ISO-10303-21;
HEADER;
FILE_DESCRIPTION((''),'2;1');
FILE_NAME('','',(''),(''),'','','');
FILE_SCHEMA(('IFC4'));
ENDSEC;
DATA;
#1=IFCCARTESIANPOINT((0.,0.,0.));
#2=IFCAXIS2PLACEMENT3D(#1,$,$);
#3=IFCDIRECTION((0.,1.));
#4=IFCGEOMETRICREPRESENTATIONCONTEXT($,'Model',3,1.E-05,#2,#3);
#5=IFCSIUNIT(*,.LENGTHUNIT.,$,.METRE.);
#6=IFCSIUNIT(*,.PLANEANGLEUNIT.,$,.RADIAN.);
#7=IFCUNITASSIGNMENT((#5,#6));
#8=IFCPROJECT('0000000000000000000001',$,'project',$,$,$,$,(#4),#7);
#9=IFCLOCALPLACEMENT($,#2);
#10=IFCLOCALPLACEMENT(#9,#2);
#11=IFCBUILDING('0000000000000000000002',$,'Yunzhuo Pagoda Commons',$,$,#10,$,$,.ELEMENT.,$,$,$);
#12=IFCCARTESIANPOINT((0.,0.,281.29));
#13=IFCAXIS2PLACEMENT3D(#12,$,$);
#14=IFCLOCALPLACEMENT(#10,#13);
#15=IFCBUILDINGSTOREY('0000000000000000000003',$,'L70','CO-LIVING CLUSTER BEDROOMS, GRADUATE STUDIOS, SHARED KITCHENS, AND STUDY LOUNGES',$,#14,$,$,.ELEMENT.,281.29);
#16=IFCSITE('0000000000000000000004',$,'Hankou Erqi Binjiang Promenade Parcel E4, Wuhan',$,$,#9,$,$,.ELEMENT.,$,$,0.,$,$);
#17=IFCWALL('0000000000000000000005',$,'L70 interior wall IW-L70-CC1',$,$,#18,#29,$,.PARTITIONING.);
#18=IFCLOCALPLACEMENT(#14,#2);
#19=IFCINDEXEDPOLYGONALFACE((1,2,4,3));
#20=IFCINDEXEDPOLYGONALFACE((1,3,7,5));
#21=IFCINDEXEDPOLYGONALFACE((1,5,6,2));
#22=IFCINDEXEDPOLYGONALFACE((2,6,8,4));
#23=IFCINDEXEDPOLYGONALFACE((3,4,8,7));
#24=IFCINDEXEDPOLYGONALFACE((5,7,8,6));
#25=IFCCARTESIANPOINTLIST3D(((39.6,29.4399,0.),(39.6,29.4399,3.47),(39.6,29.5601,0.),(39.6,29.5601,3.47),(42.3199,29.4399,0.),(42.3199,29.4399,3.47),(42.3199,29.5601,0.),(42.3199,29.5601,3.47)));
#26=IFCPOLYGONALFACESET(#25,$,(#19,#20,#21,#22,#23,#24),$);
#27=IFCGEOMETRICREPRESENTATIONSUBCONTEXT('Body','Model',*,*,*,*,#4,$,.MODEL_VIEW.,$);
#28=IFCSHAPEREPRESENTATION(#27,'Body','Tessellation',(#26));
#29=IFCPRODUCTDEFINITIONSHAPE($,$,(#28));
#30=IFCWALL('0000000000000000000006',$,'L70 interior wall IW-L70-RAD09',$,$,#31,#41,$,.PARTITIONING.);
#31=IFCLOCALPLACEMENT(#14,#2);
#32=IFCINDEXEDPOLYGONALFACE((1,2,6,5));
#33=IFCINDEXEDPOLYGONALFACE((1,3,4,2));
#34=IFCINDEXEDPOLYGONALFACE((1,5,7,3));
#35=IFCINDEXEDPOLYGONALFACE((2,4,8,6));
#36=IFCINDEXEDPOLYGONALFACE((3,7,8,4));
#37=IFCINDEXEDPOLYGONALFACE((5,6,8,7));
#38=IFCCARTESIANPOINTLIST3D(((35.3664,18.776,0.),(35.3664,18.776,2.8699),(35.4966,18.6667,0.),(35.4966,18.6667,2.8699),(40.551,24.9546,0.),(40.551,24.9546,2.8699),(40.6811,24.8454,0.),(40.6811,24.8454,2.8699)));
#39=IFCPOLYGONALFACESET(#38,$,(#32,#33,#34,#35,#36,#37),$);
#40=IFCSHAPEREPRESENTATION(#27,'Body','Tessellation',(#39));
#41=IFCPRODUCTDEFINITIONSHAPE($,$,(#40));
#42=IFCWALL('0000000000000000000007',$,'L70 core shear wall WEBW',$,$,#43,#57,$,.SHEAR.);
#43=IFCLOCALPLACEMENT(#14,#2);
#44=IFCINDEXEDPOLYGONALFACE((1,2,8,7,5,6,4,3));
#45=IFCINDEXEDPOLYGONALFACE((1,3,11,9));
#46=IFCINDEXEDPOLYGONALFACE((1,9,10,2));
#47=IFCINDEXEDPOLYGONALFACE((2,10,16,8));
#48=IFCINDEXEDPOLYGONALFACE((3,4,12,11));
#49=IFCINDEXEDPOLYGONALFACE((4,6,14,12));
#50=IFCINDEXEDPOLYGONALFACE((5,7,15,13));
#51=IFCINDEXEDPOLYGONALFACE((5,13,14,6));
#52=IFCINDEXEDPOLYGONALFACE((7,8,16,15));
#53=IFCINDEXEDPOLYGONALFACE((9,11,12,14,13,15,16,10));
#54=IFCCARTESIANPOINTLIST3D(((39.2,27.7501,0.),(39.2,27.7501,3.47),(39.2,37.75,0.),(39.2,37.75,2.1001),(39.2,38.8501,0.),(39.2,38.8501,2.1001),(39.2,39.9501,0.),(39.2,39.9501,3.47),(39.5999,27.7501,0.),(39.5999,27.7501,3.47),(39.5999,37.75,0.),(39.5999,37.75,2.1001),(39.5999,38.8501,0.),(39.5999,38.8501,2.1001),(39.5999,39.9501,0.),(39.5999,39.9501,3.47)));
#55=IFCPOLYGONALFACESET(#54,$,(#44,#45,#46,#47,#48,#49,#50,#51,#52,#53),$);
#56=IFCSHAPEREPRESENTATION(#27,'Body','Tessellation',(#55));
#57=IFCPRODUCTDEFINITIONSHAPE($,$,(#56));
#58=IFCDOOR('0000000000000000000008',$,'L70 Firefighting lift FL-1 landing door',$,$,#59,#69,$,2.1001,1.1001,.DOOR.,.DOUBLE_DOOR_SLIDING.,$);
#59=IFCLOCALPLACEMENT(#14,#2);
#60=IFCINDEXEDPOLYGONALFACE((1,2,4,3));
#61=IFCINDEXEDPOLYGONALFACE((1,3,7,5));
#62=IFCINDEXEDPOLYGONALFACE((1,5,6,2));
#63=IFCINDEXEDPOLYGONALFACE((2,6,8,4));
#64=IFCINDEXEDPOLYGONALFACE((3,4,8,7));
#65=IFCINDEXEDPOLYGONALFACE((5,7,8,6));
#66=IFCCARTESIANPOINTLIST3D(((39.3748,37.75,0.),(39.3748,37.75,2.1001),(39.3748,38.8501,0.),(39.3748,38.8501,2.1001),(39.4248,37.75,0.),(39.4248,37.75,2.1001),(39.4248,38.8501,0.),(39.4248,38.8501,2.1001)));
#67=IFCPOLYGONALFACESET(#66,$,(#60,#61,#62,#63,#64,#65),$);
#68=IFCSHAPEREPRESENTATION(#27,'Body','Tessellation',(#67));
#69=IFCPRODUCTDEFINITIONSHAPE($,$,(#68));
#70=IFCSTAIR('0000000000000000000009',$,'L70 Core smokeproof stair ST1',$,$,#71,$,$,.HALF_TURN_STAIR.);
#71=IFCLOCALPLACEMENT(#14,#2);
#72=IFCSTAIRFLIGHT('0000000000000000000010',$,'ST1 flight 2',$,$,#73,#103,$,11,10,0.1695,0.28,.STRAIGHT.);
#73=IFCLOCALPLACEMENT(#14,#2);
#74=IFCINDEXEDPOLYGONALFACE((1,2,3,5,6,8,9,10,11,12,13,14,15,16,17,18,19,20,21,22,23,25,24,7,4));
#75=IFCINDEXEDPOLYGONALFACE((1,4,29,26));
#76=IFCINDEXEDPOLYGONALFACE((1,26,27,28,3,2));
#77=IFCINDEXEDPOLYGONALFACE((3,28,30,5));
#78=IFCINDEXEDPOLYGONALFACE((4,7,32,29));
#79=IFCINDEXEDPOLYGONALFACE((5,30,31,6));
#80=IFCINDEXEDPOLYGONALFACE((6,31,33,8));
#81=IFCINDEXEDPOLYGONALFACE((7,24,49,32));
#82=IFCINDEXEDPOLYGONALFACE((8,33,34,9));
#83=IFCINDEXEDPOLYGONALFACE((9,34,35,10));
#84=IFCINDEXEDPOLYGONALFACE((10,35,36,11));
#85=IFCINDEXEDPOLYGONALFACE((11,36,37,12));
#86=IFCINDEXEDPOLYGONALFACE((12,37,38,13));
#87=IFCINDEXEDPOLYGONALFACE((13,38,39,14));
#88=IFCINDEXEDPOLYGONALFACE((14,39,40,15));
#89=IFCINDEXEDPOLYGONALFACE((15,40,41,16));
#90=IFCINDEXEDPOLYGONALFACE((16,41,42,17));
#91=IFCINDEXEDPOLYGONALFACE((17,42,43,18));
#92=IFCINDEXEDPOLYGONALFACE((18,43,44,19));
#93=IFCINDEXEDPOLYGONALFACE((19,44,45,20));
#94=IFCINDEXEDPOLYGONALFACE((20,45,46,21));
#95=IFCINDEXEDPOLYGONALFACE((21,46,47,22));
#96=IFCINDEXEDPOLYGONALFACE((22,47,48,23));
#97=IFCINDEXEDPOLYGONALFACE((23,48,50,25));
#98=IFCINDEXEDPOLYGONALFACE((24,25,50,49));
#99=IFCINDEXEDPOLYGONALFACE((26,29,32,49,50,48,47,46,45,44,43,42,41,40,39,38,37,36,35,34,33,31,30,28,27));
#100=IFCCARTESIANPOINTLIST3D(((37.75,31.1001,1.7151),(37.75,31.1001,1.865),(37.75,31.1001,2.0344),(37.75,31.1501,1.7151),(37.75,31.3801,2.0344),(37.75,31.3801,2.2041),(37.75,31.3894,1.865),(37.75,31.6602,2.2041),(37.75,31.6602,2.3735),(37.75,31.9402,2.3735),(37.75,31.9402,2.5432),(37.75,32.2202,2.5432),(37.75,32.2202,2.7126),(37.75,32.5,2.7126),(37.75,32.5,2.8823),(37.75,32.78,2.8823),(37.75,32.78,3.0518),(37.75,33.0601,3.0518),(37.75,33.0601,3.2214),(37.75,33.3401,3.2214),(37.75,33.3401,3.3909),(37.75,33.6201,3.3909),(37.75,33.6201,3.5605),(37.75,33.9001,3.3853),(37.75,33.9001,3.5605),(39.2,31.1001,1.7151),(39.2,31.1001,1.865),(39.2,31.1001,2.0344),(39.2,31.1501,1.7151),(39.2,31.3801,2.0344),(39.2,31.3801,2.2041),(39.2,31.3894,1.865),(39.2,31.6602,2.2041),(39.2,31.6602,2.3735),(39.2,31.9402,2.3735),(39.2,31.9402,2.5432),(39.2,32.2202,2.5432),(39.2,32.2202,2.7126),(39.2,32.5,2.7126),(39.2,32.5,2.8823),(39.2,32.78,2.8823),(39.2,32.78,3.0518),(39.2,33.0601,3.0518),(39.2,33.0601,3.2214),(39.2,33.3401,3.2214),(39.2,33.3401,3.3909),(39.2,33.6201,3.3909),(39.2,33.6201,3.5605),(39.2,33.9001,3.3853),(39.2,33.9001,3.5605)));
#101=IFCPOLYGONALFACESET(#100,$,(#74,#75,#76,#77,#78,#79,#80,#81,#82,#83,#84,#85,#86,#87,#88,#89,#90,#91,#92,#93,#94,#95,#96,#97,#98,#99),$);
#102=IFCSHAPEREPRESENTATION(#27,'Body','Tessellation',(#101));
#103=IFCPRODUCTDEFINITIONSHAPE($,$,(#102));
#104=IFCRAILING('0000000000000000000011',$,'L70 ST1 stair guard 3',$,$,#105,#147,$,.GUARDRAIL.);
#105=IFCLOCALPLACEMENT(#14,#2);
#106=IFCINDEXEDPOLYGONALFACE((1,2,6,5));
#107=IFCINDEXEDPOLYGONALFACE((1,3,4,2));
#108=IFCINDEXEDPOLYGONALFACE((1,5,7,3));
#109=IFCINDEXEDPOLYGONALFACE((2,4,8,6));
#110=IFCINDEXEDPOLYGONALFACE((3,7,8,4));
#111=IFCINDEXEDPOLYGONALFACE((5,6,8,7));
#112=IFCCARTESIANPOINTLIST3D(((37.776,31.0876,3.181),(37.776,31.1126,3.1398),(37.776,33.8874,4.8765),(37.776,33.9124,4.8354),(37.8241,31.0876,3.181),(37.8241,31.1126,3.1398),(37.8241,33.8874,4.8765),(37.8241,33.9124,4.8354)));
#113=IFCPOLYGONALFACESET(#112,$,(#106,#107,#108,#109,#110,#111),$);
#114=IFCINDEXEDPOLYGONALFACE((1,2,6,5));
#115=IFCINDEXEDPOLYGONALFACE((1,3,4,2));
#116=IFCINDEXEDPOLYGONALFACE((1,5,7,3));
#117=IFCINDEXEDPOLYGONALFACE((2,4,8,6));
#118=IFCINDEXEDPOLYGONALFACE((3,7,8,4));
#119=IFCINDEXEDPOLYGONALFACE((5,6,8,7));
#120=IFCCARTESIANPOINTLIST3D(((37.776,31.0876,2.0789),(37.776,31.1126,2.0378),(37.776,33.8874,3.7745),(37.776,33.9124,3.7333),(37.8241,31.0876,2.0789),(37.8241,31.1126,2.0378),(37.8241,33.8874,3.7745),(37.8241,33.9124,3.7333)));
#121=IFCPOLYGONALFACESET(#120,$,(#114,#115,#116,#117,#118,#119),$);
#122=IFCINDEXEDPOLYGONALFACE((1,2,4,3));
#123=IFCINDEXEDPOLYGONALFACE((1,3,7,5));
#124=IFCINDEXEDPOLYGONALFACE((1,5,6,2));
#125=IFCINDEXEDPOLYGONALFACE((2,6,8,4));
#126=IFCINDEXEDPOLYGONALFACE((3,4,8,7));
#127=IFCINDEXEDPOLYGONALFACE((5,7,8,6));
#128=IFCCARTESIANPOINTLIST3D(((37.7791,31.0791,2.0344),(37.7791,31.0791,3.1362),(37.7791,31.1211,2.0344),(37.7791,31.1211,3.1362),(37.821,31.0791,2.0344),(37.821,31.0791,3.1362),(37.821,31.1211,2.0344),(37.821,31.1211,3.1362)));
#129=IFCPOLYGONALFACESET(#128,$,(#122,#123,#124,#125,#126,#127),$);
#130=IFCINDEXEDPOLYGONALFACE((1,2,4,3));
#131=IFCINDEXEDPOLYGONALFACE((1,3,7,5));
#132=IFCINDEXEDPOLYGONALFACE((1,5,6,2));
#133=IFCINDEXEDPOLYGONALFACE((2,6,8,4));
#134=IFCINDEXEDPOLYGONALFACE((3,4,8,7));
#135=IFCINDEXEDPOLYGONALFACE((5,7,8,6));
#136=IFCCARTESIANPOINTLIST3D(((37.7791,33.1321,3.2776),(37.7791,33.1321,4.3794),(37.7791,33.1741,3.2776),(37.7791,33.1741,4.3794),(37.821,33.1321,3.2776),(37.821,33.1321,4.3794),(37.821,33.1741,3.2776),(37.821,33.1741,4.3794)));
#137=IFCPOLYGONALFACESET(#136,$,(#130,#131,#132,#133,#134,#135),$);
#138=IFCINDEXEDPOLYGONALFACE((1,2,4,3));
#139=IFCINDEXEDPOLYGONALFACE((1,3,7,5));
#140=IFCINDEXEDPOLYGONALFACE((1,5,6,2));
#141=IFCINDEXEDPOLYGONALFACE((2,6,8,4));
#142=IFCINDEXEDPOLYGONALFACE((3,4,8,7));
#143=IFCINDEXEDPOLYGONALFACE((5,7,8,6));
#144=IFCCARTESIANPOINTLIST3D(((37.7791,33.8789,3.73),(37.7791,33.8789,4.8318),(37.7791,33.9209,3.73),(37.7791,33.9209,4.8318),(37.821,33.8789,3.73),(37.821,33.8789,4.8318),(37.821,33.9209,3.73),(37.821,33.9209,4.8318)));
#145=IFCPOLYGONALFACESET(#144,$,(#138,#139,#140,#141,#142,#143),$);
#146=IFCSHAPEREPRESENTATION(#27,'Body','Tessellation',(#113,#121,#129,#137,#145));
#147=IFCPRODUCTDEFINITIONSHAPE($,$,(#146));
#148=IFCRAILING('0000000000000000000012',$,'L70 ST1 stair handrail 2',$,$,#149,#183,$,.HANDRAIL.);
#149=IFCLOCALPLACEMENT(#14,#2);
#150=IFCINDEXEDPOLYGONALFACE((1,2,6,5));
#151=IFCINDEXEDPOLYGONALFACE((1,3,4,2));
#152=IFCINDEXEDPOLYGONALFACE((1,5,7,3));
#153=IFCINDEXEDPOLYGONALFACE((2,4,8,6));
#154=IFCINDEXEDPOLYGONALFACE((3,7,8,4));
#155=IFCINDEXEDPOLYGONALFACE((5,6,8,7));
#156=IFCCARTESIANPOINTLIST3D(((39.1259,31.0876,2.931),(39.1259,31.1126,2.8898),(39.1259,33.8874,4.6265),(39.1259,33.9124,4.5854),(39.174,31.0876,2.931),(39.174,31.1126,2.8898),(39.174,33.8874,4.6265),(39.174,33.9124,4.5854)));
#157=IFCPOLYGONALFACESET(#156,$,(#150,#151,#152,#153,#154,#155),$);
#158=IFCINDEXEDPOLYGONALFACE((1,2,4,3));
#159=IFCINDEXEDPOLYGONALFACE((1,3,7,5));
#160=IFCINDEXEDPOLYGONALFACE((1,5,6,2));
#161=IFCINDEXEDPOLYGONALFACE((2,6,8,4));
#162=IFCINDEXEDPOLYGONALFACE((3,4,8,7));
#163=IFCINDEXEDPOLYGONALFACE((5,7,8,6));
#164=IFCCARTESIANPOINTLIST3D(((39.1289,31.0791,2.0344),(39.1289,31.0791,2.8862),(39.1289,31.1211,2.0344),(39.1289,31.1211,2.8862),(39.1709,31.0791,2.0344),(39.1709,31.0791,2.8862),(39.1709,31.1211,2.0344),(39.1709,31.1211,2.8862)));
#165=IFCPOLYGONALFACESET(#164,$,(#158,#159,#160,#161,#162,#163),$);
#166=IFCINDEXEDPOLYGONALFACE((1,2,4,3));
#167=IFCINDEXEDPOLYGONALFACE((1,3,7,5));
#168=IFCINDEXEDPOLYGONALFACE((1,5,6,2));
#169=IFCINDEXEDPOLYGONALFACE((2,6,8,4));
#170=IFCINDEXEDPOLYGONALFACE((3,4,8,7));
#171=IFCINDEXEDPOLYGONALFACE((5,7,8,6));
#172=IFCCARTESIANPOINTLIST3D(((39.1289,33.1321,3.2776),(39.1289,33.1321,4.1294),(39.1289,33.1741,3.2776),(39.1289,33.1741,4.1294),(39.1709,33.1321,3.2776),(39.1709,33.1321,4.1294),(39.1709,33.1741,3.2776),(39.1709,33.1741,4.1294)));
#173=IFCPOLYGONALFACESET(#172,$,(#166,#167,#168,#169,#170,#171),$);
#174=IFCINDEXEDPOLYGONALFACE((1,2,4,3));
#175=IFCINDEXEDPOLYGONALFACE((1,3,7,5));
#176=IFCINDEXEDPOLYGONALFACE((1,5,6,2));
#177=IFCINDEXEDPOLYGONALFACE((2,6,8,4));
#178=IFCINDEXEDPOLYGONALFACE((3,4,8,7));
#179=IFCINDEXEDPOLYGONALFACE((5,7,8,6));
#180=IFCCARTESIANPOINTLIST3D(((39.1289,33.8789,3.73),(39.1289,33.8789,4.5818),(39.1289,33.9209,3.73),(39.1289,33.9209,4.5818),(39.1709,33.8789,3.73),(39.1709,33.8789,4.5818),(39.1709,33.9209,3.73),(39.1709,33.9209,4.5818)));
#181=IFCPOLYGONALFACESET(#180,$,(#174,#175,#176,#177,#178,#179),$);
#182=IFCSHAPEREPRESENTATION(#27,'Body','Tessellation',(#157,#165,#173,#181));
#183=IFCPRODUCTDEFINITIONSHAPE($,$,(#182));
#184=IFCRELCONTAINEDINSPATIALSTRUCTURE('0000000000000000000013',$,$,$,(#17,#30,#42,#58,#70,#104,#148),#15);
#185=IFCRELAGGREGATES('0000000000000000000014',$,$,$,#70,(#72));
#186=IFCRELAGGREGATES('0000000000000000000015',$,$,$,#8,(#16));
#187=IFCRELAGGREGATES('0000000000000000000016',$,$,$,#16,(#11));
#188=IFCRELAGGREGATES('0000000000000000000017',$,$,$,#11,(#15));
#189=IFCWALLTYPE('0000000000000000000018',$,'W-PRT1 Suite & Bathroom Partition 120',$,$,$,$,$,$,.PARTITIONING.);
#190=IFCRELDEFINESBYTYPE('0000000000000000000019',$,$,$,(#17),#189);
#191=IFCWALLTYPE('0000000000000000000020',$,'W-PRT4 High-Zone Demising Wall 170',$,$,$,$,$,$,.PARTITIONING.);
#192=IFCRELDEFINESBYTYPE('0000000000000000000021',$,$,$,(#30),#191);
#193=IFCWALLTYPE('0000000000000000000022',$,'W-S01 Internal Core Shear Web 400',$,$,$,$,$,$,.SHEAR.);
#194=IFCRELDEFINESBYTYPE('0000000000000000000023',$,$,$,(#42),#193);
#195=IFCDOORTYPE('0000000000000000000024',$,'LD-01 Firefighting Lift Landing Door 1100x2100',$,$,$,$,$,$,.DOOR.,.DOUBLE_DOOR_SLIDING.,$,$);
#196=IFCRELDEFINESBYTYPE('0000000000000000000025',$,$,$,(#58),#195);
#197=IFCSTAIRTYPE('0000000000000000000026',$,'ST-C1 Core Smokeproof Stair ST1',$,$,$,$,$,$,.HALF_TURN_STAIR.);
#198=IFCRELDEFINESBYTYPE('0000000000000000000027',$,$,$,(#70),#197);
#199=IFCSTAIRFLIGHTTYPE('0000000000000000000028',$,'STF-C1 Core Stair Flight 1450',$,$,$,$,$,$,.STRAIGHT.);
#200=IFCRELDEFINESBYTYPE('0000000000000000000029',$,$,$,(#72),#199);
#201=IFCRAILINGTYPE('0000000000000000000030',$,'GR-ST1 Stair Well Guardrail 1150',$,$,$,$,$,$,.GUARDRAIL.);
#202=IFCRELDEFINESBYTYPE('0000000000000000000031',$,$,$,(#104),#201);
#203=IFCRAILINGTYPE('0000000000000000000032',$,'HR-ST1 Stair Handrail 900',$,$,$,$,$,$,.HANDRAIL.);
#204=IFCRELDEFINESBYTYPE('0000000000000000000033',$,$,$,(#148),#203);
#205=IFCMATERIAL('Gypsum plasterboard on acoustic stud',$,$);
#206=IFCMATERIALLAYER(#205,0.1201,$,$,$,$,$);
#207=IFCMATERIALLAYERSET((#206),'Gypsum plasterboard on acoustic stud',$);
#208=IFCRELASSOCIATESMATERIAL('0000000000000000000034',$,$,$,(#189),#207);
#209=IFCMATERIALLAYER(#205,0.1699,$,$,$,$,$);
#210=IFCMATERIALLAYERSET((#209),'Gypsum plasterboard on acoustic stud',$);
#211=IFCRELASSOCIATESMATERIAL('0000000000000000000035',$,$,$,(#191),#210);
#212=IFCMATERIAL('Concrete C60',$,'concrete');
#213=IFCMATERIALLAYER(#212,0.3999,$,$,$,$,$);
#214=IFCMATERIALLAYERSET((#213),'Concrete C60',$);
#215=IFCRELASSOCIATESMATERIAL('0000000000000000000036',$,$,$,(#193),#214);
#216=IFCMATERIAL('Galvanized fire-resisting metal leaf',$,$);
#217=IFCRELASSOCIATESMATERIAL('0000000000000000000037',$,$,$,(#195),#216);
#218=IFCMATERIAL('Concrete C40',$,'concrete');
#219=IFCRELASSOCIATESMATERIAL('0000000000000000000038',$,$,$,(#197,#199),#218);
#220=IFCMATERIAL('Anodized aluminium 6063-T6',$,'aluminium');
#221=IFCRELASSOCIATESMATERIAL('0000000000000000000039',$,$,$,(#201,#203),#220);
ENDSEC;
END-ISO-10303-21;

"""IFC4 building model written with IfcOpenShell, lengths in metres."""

from ifc_helpers import new_model, si_unit, direction, frame, frame_2d, origin, origin_2d, place, context, subcontext, project, spatial, polyline, rectangle, outline, extrude, source, transform, mapped, material, layer, layer_set, type_object, element, fill, aggregate, save


model = new_model("IFC4")

# Units and contexts
model_context = context("Model", 3, precision=1e-05, world=origin(), true_north=direction((0.0, 1.0)))
body_context = subcontext(model_context, "Body", "Model", "MODEL_VIEW")
ifc_project = project(units=[si_unit("LENGTHUNIT", "METRE"), si_unit("PLANEANGLEUNIT", "RADIAN")], contexts=[model_context])

# Site, building, storey
site_placement = place(None, origin())
site = spatial("IfcSite", under=ifc_project, at=site_placement, Name="Hankou Erqi Binjiang Promenade Parcel E4, Wuhan", CompositionType="ELEMENT", RefElevation=0.0)
building_placement = place(site_placement, origin())
building = spatial("IfcBuilding", under=site, at=building_placement, Name="Yunzhuo Pagoda Commons", CompositionType="ELEMENT")
storey_placement = place(building_placement, frame((0.0, 0.0, 281.29)))
storey = spatial("IfcBuildingStorey", under=building, at=storey_placement, Name="L70", Description="CO-LIVING CLUSTER BEDROOMS, GRADUATE STUDIOS, SHARED KITCHENS, AND STUDY LOUNGES", CompositionType="ELEMENT", Elevation=281.29)

# Shared definitions
ifc_material_1 = material(Name="Gypsum plasterboard on acoustic stud")
ifc_material_2 = material(Name="Galvanized fire-resisting metal leaf")

# Walls
ifc_layer_1 = layer(ifc_material_1, 0.1201)
ifc_layer_set_1 = layer_set([ifc_layer_1], Name="Gypsum plasterboard on acoustic stud")
wall_type_1 = type_object("IfcWallType", Name="W-PRT1 Suite & Bathroom Partition 120", PredefinedType="PARTITIONING", material=ifc_layer_set_1)
wall_1_placement = place(storey_placement, frame((39.6001, 29.5, 0.0), z_axis=(0.0, 0.0, 1.0), x_axis=(1.0, 0.0, 0.0)))
element("IfcWall", 1, at=wall_1_placement, inside=storey, type_object=wall_type_1, Name="L70 interior wall IW-L70-CC1", PredefinedType="PARTITIONING", context=body_context, shape_type="SweptSolid", body=[
    extrude(rectangle(XDim=2.72, YDim=0.1201, at=frame_2d((1.3599, 0.0))), origin(), (0.0, 0.0, 1.0), 3.47),
])
ifc_layer_2 = layer(ifc_material_1, 0.1699)
ifc_layer_set_2 = layer_set([ifc_layer_2], Name="Gypsum plasterboard on acoustic stud")
wall_type_2 = type_object("IfcWallType", Name="W-PRT4 High-Zone Demising Wall 170", PredefinedType="PARTITIONING", material=ifc_layer_set_2)
wall_2_placement = place(storey_placement, frame((40.616, 24.8999, 0.0), z_axis=(0.0, 0.0, 1.0), x_axis=(-0.642789, -0.766043, 0.0)))
element("IfcWall", 2, at=wall_2_placement, inside=storey, type_object=wall_type_2, Name="L70 interior wall IW-L70-RAD09", PredefinedType="PARTITIONING", context=body_context, shape_type="SweptSolid", body=[
    extrude(rectangle(XDim=8.0657, YDim=0.1699, at=frame_2d((4.0327, 0.0))), origin(), (0.0, 0.0, 1.0), 2.8699),
])

# Wall, opening, door
ifc_material_3 = material(Name="Concrete C60", Category="concrete")
ifc_layer_3 = layer(ifc_material_3, 0.3999)
ifc_layer_set_3 = layer_set([ifc_layer_3], Name="Concrete C60")
wall_type_3 = type_object("IfcWallType", Name="W-S01 Internal Core Shear Web 400", PredefinedType="SHEAR", material=ifc_layer_set_3)
wall_3_placement = place(storey_placement, frame((39.3999, 27.75, 0.0), z_axis=(0.0, 0.0, 1.0), x_axis=(0.0, 1.0, 0.0)))
wall_3 = element("IfcWall", 3, at=wall_3_placement, inside=storey, type_object=wall_type_3, Name="L70 core shear wall WEBW", PredefinedType="SHEAR", context=body_context, shape_type="SweptSolid", body=[
    extrude(rectangle(XDim=12.2, YDim=0.3999, at=frame_2d((6.1001, 0.0))), origin(), (0.0, 0.0, 1.0), 3.47),
])
opening_1_placement = place(wall_3_placement, frame((10.0, 0.0, 0.0)))
opening_1 = element("IfcOpeningElement", 4, at=opening_1_placement, cuts=wall_3, PredefinedType="OPENING", context=body_context, shape_type="SweptSolid", body=[
    extrude(rectangle(XDim=1.1001, YDim=2.1001, at=frame_2d((0.55, 1.05))), frame((0.0, 0.21, 0.0), z_axis=(0.0, -1.0, 0.0), x_axis=(1.0, 0.0, 0.0)), (0.0, 0.0, 1.0), 0.4199),
])
door_type_1 = type_object("IfcDoorType", Name="LD-01 Firefighting Lift Landing Door 1100x2100", OperationType="DOUBLE_DOOR_SLIDING", PredefinedType="DOOR", material=ifc_material_2)
shared_shape_1 = source(origin(), body_context, "Body", "SweptSolid", [
    extrude(rectangle(XDim=1.1001, YDim=2.1001, at=frame_2d((0.55, 1.05))), frame((0.0, 0.0249, 0.0), z_axis=(0.0, -1.0, 0.0), x_axis=(1.0, 0.0, 0.0)), (0.0, 0.0, 1.0), 0.05),
])
door_1_placement = place(opening_1_placement, frame((1.1001, 0.0, 0.0), z_axis=(0.0, 0.0, 1.0), x_axis=(-1.0, 0.0, 0.0)))
door_1 = element("IfcDoor", 5, at=door_1_placement, inside=storey, type_object=door_type_1, Name="L70 Firefighting lift FL-1 landing door", OperationType="DOUBLE_DOOR_SLIDING", OverallHeight=2.1001, OverallWidth=1.1001, PredefinedType="DOOR", context=body_context, shape_type="MappedRepresentation", body=[
    mapped(shared_shape_1, transform((0.0, 0.0, 0.0), scale=1.0)),
])
fill(opening_1, door_1)

# Stair, stair flight
ifc_material_4 = material(Name="Concrete C40", Category="concrete")
stair_type = type_object("IfcStairType", Name="ST-C1 Core Smokeproof Stair ST1", PredefinedType="HALF_TURN_STAIR", material=ifc_material_4)
stair_placement = place(storey_placement, origin())
stair = element("IfcStair", 6, at=stair_placement, inside=storey, type_object=stair_type, Name="L70 Core smokeproof stair ST1", PredefinedType="HALF_TURN_STAIR")
stair_flight_type = type_object("IfcStairFlightType", Name="STF-C1 Core Stair Flight 1450", PredefinedType="STRAIGHT", material=ifc_material_4)
shared_shape_2 = source(origin(), body_context, "Body", "SweptSolid", [
    extrude(outline(polyline([(0.0, -0.1499), (0.0, 0.0), (0.0, 0.1694), (0.28, 0.1694), (0.28, 0.3391), (0.5601, 0.3391), (0.5601, 0.5085), (0.8401, 0.5085), (0.8401, 0.6782), (1.1201, 0.6782), (1.1201, 0.8477), (1.3999, 0.8477), (1.3999, 1.0173), (1.6799, 1.0173), (1.6799, 1.1868), (1.96, 1.1868), (1.96, 1.3564), (2.24, 1.3564), (2.24, 1.5259), (2.52, 1.5259), (2.52, 1.6956), (2.8, 1.6956), (2.8, 1.865), (2.8, 1.5203), (0.2893, 0.0), (0.05, -0.1499), (0.0, -0.1499)])), frame((0.0, 0.7251, 0.0), z_axis=(0.0, -1.0, 0.0), x_axis=(1.0, 0.0, 0.0)), (0.0, 0.0, 1.0), 1.45),
])
stair_flight_placement = place(storey_placement, frame((38.4751, 31.1001, 1.865), z_axis=(0.0, 0.0, 1.0), x_axis=(0.0, 1.0, 0.0)))
stair_flight = element("IfcStairFlight", 7, at=stair_flight_placement, type_object=stair_flight_type, Name="ST1 flight 2", NumberOfRisers=11, NumberOfTreads=10, PredefinedType="STRAIGHT", RiserHeight=0.1695, TreadLength=0.28, context=body_context, shape_type="MappedRepresentation", body=[
    mapped(shared_shape_2, transform((0.0, 0.0, 0.0), scale=1.0)),
])
aggregate(stair, [stair_flight])

# Railings
ifc_material_5 = material(Name="Anodized aluminium 6063-T6", Category="aluminium")
railing_type_1 = type_object("IfcRailingType", Name="GR-ST1 Stair Well Guardrail 1150", PredefinedType="GUARDRAIL", material=ifc_material_5)
railing_1_placement = place(storey_placement, frame((37.8, 31.1001, 2.0344)))
element("IfcRailing", 8, at=railing_1_placement, inside=storey, type_object=railing_type_1, Name="L70 ST1 stair guard 3", PredefinedType="GUARDRAIL", context=body_context, shape_type="SweptSolid", body=[
    extrude(rectangle(XDim=0.0481, YDim=0.0481, at=origin_2d()), frame((0.0, 0.0, 1.126), z_axis=(0.0, 0.855373, 0.518012), x_axis=(-1.0, 0.0, 0.0)), (0.0, 0.0, 1.0), 3.2732),
    extrude(rectangle(XDim=0.0481, YDim=0.0481, at=origin_2d()), frame((0.0, 0.0, 0.0239), z_axis=(0.0, 0.855373, 0.518012), x_axis=(-1.0, 0.0, 0.0)), (0.0, 0.0, 1.0), 3.2732),
    extrude(rectangle(XDim=0.042, YDim=0.042, at=origin_2d()), origin(), (0.0, 0.0, 1.0), 1.1018),
    extrude(rectangle(XDim=0.042, YDim=0.042, at=origin_2d()), frame((0.0, 2.053, 1.2432)), (0.0, 0.0, 1.0), 1.1018),
    extrude(rectangle(XDim=0.042, YDim=0.042, at=origin_2d()), frame((0.0, 2.7998, 1.6956)), (0.0, 0.0, 1.0), 1.1018),
])
railing_type_2 = type_object("IfcRailingType", Name="HR-ST1 Stair Handrail 900", PredefinedType="HANDRAIL", material=ifc_material_5)
railing_2_placement = place(storey_placement, frame((39.1499, 31.1001, 2.0344)))
element("IfcRailing", 9, at=railing_2_placement, inside=storey, type_object=railing_type_2, Name="L70 ST1 stair handrail 2", PredefinedType="HANDRAIL", context=body_context, shape_type="SweptSolid", body=[
    extrude(rectangle(XDim=0.0481, YDim=0.0481, at=origin_2d()), frame((0.0, 0.0, 0.876), z_axis=(0.0, 0.855373, 0.518012), x_axis=(-1.0, 0.0, 0.0)), (0.0, 0.0, 1.0), 3.2732),
    extrude(rectangle(XDim=0.042, YDim=0.042, at=origin_2d()), origin(), (0.0, 0.0, 1.0), 0.8518),
    extrude(rectangle(XDim=0.042, YDim=0.042, at=origin_2d()), frame((0.0, 2.053, 1.2432)), (0.0, 0.0, 1.0), 0.8518),
    extrude(rectangle(XDim=0.042, YDim=0.042, at=origin_2d()), frame((0.0, 2.7998, 1.6956)), (0.0, 0.0, 1.0), 0.8518),
])

save(model, "model.ifc")
